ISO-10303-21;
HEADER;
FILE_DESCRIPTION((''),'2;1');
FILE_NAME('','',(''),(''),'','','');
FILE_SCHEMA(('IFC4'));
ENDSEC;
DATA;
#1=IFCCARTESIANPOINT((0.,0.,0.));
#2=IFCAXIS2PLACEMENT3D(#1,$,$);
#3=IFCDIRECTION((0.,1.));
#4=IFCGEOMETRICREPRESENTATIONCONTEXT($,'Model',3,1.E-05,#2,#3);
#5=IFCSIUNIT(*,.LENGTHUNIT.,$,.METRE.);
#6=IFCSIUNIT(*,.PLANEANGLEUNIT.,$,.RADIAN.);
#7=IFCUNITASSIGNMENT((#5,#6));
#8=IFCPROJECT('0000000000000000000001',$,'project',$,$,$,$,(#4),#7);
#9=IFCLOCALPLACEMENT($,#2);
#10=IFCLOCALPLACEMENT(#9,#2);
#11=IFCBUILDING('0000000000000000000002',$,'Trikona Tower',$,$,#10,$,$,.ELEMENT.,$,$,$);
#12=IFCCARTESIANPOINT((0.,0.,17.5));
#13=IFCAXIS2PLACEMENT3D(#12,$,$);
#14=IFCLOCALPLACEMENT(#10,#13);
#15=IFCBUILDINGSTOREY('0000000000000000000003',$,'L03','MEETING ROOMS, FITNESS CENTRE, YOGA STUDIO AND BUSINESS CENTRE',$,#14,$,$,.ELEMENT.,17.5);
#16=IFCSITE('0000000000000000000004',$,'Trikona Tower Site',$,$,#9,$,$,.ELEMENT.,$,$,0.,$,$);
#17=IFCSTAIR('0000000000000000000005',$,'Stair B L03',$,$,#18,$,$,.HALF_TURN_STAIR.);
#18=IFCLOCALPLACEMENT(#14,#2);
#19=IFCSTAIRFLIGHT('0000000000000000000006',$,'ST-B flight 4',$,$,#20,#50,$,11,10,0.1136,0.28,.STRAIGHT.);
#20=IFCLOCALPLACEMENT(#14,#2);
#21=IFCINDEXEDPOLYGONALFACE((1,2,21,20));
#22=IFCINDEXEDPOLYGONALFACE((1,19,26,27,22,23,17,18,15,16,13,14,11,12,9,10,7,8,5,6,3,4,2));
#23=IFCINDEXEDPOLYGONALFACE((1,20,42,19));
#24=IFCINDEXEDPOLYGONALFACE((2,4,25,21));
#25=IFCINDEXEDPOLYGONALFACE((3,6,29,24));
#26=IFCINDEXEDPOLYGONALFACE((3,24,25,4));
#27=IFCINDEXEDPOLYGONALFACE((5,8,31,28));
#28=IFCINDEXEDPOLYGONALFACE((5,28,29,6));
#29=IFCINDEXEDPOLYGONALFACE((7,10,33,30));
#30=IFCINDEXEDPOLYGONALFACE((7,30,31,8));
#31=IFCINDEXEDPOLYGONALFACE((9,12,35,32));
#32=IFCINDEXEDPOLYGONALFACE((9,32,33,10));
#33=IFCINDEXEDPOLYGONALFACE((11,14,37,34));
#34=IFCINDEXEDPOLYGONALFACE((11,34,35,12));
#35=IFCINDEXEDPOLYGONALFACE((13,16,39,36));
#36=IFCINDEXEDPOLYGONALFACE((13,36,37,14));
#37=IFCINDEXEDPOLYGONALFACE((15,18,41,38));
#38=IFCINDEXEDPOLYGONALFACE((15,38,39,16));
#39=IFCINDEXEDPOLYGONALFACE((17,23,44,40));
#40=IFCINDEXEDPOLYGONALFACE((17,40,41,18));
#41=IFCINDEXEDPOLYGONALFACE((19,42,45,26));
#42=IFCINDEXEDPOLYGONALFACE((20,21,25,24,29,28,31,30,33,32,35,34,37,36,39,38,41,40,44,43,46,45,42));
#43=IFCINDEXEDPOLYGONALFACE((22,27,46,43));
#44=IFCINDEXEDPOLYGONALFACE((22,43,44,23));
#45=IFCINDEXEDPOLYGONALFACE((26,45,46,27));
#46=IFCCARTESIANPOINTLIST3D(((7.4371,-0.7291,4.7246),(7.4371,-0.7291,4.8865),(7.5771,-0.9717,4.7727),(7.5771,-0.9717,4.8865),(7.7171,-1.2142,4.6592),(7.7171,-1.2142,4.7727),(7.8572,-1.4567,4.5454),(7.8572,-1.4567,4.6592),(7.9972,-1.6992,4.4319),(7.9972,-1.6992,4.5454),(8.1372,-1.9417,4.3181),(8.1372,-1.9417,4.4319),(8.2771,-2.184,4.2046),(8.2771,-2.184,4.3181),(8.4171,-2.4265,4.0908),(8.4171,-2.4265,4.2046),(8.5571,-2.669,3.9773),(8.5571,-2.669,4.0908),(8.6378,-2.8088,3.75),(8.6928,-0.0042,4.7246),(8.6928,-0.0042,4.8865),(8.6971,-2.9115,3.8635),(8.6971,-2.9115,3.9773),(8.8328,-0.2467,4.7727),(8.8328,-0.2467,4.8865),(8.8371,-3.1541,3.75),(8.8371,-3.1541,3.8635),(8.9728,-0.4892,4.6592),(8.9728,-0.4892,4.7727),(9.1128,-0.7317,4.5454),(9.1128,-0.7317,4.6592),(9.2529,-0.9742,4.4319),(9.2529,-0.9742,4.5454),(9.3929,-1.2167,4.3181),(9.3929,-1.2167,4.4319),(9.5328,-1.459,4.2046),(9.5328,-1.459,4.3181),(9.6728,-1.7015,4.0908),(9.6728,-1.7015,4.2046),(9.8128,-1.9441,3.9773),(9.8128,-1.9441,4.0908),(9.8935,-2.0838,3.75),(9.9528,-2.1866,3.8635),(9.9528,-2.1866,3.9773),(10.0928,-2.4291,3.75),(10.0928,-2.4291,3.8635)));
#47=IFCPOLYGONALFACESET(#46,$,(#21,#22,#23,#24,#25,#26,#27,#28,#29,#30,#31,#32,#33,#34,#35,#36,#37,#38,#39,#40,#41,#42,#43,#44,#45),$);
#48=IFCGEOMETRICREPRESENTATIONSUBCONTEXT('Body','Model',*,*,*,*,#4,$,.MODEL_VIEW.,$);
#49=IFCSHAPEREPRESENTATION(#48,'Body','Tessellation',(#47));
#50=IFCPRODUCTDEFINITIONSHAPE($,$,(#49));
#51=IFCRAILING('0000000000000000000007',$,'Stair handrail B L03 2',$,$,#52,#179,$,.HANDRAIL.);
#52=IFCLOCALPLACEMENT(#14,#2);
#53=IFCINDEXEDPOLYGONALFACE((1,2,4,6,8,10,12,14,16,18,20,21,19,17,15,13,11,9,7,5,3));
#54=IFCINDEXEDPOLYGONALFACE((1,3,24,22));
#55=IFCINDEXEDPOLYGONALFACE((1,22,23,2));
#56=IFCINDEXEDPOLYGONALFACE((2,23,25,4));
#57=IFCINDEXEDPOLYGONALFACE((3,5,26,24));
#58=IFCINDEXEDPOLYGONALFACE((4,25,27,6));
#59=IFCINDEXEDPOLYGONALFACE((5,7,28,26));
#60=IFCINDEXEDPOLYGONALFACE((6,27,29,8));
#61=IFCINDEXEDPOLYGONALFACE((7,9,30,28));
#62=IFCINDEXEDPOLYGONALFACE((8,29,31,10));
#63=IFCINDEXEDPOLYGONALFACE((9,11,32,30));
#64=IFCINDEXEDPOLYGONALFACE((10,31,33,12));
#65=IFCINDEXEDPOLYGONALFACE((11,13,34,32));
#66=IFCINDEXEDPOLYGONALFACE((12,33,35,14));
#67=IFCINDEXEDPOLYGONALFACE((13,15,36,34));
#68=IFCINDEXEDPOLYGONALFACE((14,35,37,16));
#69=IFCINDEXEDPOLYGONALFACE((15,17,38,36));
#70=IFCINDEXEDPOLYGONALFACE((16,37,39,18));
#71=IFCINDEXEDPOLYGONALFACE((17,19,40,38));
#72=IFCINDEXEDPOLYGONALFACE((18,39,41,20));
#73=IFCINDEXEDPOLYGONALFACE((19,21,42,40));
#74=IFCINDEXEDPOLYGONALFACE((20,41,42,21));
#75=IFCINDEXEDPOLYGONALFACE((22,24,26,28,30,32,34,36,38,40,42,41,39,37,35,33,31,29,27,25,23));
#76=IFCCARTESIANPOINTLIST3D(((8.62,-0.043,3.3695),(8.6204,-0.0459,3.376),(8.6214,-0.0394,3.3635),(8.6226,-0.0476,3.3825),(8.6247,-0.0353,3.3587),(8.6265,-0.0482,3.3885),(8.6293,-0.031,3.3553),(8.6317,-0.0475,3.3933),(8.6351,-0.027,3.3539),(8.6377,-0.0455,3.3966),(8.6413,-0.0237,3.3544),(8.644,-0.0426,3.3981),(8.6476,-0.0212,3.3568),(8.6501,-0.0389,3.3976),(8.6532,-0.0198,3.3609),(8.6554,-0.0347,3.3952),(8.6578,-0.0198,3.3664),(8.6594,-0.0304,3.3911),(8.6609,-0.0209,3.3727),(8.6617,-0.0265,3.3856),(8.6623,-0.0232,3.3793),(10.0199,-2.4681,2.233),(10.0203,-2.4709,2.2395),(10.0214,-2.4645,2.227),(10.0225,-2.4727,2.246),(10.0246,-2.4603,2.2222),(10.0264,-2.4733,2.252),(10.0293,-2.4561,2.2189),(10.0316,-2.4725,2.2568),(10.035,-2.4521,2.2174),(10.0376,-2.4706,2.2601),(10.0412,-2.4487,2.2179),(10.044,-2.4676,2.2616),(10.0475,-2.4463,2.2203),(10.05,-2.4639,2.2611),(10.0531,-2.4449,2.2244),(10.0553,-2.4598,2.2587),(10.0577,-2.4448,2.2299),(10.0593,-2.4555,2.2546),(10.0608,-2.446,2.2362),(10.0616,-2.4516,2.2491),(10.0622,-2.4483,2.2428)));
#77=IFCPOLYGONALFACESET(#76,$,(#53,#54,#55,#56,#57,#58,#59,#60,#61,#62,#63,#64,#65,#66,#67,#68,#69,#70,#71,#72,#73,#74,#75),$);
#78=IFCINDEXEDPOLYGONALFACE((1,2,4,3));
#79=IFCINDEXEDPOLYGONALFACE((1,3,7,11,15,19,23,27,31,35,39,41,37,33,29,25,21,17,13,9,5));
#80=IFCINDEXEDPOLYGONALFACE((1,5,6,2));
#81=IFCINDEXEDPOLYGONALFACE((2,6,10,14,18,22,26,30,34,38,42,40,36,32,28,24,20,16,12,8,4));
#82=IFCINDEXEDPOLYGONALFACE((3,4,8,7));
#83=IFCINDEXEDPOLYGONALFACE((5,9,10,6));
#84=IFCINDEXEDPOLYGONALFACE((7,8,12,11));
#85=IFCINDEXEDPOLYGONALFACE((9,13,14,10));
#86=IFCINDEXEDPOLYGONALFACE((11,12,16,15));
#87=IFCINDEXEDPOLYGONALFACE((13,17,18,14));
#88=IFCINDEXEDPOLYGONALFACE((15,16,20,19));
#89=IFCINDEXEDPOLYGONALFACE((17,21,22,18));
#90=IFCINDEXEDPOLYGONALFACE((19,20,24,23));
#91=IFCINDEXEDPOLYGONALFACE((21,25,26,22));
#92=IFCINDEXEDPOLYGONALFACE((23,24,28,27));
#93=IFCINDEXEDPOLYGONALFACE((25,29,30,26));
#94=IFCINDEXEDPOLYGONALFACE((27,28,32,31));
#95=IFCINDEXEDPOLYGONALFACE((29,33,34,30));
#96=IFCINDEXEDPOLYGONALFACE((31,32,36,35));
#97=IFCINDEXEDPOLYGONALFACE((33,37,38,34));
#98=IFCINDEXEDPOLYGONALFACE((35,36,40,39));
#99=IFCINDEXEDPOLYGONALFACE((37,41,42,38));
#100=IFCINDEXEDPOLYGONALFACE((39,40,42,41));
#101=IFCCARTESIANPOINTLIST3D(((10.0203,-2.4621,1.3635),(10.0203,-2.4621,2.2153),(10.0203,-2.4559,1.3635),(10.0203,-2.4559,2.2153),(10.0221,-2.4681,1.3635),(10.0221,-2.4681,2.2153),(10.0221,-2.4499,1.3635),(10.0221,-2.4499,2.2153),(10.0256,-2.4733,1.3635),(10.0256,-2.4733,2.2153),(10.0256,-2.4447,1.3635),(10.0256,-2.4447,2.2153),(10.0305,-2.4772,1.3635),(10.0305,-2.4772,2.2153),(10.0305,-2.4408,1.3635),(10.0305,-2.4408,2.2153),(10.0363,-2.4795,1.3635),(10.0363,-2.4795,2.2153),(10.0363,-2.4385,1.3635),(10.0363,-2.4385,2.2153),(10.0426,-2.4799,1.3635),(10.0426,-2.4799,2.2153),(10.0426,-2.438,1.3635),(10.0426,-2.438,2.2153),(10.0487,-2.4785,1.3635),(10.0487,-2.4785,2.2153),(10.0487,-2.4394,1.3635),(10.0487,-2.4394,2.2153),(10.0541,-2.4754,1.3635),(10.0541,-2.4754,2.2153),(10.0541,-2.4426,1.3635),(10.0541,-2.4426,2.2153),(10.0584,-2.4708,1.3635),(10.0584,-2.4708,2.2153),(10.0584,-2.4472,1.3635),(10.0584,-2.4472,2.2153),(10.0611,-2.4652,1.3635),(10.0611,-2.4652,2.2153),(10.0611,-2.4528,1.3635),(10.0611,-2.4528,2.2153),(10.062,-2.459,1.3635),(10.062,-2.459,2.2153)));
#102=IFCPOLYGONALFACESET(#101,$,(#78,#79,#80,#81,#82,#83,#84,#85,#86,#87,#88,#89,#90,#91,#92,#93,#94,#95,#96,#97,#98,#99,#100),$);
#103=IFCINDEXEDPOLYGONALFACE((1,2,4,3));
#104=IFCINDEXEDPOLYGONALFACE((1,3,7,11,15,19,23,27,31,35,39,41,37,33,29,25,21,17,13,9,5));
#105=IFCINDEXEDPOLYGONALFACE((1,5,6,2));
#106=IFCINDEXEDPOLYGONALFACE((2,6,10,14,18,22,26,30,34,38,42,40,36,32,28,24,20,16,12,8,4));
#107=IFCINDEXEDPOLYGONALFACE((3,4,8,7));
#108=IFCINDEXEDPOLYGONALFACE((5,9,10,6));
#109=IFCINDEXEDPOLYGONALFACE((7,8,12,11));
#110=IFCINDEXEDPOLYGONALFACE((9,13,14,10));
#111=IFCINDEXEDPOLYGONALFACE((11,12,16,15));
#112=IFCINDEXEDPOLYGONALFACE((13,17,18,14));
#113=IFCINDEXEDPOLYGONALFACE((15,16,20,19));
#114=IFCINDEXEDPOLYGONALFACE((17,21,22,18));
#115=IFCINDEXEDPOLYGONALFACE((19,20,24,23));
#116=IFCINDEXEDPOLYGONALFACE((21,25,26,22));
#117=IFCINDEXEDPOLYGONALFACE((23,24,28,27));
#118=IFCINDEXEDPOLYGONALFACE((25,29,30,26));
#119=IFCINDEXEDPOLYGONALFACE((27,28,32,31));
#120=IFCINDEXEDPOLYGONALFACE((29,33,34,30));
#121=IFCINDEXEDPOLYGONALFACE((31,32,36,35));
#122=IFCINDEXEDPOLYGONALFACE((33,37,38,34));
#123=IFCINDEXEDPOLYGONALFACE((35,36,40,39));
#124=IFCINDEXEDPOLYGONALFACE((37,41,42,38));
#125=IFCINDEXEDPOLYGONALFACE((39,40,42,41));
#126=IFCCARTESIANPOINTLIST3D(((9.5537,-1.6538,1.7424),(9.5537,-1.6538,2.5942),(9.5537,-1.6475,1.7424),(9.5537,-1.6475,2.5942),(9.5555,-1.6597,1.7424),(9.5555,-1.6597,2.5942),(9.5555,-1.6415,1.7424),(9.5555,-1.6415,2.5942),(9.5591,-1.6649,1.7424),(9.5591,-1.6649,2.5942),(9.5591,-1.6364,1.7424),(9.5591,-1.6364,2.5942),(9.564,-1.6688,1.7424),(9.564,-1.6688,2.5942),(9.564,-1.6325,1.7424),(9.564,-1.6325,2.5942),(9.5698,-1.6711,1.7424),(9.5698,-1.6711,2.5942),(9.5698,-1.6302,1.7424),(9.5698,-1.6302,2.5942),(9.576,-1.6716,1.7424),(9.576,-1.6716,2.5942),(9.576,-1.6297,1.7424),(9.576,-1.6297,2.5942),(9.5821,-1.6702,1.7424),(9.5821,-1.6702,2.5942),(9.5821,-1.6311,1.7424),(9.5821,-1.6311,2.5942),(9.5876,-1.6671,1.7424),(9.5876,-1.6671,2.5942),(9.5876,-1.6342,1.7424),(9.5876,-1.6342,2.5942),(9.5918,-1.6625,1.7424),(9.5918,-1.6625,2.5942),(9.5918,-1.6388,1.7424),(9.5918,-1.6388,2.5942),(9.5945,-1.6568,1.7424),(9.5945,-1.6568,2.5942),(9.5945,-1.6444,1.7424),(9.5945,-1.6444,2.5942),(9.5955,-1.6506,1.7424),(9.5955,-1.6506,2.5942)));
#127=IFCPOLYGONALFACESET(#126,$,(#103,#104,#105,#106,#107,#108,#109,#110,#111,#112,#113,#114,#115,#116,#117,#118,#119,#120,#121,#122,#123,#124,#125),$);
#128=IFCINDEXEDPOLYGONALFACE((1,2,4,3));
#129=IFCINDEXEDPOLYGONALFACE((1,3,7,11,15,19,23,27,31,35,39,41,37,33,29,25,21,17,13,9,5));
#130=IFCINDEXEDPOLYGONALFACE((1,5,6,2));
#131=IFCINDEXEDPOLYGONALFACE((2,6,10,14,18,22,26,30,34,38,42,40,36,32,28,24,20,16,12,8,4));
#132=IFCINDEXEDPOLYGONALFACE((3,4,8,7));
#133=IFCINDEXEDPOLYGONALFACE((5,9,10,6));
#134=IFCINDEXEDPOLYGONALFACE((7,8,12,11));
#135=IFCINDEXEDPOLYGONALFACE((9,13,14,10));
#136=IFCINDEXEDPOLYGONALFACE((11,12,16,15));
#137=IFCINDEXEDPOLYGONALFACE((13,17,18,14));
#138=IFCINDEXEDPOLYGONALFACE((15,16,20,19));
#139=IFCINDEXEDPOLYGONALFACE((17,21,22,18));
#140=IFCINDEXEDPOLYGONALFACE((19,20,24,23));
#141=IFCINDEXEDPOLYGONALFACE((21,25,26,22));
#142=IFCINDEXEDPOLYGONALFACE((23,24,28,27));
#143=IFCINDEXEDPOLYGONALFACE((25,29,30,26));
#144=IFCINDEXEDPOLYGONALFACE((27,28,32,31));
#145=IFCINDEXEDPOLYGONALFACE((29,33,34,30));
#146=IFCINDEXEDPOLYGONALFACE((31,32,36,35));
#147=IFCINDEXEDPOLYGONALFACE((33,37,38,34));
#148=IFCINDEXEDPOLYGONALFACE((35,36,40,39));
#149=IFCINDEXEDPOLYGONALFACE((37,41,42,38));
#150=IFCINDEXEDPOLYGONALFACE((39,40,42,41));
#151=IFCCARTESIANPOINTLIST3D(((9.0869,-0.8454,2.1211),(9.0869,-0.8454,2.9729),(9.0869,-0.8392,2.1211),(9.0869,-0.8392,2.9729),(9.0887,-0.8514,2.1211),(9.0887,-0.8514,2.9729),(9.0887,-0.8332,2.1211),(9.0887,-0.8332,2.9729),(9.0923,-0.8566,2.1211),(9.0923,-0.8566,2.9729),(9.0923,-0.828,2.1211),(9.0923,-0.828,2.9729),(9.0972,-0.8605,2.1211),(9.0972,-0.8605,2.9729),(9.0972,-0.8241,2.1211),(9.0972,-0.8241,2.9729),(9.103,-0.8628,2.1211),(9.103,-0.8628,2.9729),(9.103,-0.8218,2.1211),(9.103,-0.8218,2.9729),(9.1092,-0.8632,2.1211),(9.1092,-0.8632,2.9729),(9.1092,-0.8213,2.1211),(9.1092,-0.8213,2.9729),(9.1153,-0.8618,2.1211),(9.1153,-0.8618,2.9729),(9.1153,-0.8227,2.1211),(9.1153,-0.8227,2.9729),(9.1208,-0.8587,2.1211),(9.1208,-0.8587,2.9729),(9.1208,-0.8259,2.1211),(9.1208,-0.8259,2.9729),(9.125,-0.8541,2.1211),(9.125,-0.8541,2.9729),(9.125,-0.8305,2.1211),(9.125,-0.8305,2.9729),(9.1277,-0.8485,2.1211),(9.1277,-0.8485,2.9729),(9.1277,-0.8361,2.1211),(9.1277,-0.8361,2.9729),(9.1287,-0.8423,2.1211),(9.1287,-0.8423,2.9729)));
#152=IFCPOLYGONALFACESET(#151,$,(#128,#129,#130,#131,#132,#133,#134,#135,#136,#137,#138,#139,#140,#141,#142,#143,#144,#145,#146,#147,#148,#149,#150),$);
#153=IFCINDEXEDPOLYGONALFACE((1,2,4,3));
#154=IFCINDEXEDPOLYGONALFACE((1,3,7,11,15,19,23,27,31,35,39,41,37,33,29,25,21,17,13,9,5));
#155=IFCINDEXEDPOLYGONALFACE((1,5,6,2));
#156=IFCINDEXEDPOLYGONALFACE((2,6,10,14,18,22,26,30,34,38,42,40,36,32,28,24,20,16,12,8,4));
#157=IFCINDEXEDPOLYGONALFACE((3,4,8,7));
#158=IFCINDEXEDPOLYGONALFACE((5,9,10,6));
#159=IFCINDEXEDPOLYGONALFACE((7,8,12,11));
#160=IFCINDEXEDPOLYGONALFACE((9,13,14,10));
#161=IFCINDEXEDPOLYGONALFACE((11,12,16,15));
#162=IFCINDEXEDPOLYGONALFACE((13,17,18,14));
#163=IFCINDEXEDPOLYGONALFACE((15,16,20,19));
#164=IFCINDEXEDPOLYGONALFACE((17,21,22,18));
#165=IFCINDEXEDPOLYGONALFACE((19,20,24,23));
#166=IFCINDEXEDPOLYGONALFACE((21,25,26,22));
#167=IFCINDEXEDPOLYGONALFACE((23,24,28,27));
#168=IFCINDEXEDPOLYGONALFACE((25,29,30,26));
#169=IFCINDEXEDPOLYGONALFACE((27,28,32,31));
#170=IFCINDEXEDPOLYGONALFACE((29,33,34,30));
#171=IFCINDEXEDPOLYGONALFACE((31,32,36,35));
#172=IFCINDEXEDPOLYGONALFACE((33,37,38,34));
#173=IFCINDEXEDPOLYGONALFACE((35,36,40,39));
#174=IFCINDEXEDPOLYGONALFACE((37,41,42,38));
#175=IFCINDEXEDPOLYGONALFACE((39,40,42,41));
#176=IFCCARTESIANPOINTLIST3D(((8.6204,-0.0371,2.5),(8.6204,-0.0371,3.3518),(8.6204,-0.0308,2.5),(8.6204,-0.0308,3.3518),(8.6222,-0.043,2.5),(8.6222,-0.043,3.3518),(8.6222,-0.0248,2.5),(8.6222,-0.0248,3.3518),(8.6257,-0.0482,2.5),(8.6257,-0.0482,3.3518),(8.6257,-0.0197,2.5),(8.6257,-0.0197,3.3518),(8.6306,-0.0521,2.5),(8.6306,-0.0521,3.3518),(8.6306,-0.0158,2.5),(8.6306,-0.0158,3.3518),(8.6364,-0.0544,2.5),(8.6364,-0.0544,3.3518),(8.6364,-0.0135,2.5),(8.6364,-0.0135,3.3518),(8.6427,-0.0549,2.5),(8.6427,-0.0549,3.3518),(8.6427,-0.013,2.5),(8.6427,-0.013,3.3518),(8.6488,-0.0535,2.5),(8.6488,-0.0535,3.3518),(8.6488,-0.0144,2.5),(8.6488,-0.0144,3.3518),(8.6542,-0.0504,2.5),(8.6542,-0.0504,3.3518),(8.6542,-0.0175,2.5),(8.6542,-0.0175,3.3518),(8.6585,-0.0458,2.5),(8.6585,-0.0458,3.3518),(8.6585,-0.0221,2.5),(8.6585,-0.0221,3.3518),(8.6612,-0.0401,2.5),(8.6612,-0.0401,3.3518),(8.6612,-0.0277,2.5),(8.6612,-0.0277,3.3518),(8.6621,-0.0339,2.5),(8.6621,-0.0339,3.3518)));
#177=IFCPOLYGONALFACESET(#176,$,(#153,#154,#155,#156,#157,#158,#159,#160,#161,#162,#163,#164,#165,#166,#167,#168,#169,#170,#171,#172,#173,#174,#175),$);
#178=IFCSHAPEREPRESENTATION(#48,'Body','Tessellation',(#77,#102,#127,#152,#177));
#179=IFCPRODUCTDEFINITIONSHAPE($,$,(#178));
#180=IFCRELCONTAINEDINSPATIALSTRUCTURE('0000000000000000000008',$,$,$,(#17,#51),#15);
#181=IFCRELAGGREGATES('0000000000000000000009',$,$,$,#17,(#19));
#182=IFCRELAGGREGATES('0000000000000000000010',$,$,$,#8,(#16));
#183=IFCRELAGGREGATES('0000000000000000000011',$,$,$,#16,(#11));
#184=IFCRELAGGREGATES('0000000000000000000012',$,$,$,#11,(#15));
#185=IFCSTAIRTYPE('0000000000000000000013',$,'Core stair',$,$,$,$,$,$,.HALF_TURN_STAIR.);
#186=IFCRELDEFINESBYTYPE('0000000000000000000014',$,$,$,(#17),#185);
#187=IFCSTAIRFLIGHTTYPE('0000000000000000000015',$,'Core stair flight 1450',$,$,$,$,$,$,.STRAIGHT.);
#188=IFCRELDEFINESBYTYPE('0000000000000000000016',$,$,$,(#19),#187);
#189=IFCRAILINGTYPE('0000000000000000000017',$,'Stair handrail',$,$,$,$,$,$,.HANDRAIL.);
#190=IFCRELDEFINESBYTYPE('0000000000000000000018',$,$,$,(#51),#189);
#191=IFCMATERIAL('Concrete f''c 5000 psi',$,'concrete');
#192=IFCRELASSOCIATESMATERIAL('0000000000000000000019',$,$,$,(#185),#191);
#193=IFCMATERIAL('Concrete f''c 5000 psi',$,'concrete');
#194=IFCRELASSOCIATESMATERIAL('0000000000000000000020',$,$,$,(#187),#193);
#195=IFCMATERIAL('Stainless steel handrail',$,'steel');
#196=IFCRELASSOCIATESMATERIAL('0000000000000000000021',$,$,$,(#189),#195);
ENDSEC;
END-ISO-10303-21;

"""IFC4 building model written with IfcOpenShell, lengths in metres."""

from ifc_helpers import new_model, si_unit, direction, frame, origin, origin_2d, place, context, subcontext, project, spatial, polyline, circle, outline, extrude, material, type_object, element, aggregate, save


model = new_model("IFC4")

# Units and contexts
model_context = context("Model", 3, precision=1e-05, world=origin(), true_north=direction((0.0, 1.0)))
body_context = subcontext(model_context, "Body", "Model", "MODEL_VIEW")
ifc_project = project(units=[si_unit("LENGTHUNIT", "METRE"), si_unit("PLANEANGLEUNIT", "RADIAN")], contexts=[model_context])

# Site, building, storey
site_placement = place(None, origin())
site = spatial("IfcSite", under=ifc_project, at=site_placement, Name="Trikona Tower Site", CompositionType="ELEMENT", RefElevation=0.0)
building_placement = place(site_placement, origin())
building = spatial("IfcBuilding", under=site, at=building_placement, Name="Trikona Tower", CompositionType="ELEMENT")
storey_placement = place(building_placement, frame((0.0, 0.0, 17.5)))
storey = spatial("IfcBuildingStorey", under=building, at=storey_placement, Name="L03", Description="MEETING ROOMS, FITNESS CENTRE, YOGA STUDIO AND BUSINESS CENTRE", CompositionType="ELEMENT", Elevation=17.5)

# Stair
ifc_material_1 = material(Name="Concrete f'c 5000 psi", Category="concrete")
stair_type = type_object("IfcStairType", Name="Core stair", PredefinedType="HALF_TURN_STAIR", material=ifc_material_1)
stair_1_placement = place(storey_placement, origin())
stair_1 = element("IfcStair", 1, at=stair_1_placement, inside=storey, type_object=stair_type, Name="Stair B L03", PredefinedType="HALF_TURN_STAIR")

# Stair flight
ifc_material_2 = material(Name="Concrete f'c 5000 psi", Category="concrete")
stair_flight_type = type_object("IfcStairFlightType", Name="Core stair flight 1450", PredefinedType="STRAIGHT", material=ifc_material_2)
stair_flight_1_placement = place(storey_placement, frame((9.4651, -2.7915, 3.75), z_axis=(0.0, 0.0, 1.0), x_axis=(-0.5, 0.866025, 0.0)))
stair_flight_1 = element("IfcStairFlight", 2, at=stair_flight_1_placement, type_object=stair_flight_type, Name="ST-B flight 4", NumberOfRisers=11, NumberOfTreads=10, PredefinedType="STRAIGHT", RiserHeight=0.1136, TreadLength=0.28, context=body_context, shape_type="SweptSolid", body=[
    extrude(outline(polyline([(0.0, 0.0), (0.0, 0.1135), (0.28, 0.1135), (0.28, 0.2273), (0.5601, 0.2273), (0.5601, 0.3408), (0.8401, 0.3408), (0.8401, 0.4546), (1.1201, 0.4546), (1.1201, 0.5681), (1.3999, 0.5681), (1.3999, 0.6819), (1.6799, 0.6819), (1.6799, 0.7954), (1.96, 0.7954), (1.96, 0.9092), (2.24, 0.9092), (2.24, 1.0227), (2.52, 1.0227), (2.52, 1.1365), (2.8, 1.1365), (2.8, 1.25), (2.8, 0.9746), (0.3987, 0.0), (0.0, 0.0)])), frame((0.0, 0.7251, 0.0), z_axis=(0.0, -1.0, 0.0), x_axis=(1.0, 0.0, 0.0)), (0.0, 0.0, 1.0), 1.45),
])
aggregate(stair_1, [stair_flight_1])

# Railing
ifc_material_3 = material(Name="Stainless steel handrail", Category="steel")
railing_type = type_object("IfcRailingType", Name="Stair handrail", PredefinedType="HANDRAIL", material=ifc_material_3)
for number, where, name in (
    (3, (10.041, -2.459, 1.3635), "Stair handrail B L03 2"),
):
    element("IfcRailing", number, at=place(storey_placement, frame(where)), inside=storey, type_object=railing_type, Name=name, PredefinedType="HANDRAIL", context=body_context, shape_type="SweptSolid", body=[
        extrude(circle(Radius=0.0239, at=origin_2d()), frame((0.0, 0.0, 0.876), z_axis=(-0.463245, 0.802479, 0.376074), x_axis=(-0.866056, -0.499946, 0.0)), (0.0, 0.0, 1.0), 3.022),
        extrude(circle(Radius=0.021, at=origin_2d()), origin(), (0.0, 0.0, 1.0), 0.8518),
        extrude(circle(Radius=0.021, at=origin_2d()), frame((-0.4666, 0.8083, 0.3789)), (0.0, 0.0, 1.0), 0.8518),
        extrude(circle(Radius=0.021, at=origin_2d()), frame((-0.9333, 1.6167, 0.7576)), (0.0, 0.0, 1.0), 0.8518),
        extrude(circle(Radius=0.021, at=origin_2d()), frame((-1.3999, 2.425, 1.1365)), (0.0, 0.0, 1.0), 0.8518),
    ])

save(model, "model.ifc")
